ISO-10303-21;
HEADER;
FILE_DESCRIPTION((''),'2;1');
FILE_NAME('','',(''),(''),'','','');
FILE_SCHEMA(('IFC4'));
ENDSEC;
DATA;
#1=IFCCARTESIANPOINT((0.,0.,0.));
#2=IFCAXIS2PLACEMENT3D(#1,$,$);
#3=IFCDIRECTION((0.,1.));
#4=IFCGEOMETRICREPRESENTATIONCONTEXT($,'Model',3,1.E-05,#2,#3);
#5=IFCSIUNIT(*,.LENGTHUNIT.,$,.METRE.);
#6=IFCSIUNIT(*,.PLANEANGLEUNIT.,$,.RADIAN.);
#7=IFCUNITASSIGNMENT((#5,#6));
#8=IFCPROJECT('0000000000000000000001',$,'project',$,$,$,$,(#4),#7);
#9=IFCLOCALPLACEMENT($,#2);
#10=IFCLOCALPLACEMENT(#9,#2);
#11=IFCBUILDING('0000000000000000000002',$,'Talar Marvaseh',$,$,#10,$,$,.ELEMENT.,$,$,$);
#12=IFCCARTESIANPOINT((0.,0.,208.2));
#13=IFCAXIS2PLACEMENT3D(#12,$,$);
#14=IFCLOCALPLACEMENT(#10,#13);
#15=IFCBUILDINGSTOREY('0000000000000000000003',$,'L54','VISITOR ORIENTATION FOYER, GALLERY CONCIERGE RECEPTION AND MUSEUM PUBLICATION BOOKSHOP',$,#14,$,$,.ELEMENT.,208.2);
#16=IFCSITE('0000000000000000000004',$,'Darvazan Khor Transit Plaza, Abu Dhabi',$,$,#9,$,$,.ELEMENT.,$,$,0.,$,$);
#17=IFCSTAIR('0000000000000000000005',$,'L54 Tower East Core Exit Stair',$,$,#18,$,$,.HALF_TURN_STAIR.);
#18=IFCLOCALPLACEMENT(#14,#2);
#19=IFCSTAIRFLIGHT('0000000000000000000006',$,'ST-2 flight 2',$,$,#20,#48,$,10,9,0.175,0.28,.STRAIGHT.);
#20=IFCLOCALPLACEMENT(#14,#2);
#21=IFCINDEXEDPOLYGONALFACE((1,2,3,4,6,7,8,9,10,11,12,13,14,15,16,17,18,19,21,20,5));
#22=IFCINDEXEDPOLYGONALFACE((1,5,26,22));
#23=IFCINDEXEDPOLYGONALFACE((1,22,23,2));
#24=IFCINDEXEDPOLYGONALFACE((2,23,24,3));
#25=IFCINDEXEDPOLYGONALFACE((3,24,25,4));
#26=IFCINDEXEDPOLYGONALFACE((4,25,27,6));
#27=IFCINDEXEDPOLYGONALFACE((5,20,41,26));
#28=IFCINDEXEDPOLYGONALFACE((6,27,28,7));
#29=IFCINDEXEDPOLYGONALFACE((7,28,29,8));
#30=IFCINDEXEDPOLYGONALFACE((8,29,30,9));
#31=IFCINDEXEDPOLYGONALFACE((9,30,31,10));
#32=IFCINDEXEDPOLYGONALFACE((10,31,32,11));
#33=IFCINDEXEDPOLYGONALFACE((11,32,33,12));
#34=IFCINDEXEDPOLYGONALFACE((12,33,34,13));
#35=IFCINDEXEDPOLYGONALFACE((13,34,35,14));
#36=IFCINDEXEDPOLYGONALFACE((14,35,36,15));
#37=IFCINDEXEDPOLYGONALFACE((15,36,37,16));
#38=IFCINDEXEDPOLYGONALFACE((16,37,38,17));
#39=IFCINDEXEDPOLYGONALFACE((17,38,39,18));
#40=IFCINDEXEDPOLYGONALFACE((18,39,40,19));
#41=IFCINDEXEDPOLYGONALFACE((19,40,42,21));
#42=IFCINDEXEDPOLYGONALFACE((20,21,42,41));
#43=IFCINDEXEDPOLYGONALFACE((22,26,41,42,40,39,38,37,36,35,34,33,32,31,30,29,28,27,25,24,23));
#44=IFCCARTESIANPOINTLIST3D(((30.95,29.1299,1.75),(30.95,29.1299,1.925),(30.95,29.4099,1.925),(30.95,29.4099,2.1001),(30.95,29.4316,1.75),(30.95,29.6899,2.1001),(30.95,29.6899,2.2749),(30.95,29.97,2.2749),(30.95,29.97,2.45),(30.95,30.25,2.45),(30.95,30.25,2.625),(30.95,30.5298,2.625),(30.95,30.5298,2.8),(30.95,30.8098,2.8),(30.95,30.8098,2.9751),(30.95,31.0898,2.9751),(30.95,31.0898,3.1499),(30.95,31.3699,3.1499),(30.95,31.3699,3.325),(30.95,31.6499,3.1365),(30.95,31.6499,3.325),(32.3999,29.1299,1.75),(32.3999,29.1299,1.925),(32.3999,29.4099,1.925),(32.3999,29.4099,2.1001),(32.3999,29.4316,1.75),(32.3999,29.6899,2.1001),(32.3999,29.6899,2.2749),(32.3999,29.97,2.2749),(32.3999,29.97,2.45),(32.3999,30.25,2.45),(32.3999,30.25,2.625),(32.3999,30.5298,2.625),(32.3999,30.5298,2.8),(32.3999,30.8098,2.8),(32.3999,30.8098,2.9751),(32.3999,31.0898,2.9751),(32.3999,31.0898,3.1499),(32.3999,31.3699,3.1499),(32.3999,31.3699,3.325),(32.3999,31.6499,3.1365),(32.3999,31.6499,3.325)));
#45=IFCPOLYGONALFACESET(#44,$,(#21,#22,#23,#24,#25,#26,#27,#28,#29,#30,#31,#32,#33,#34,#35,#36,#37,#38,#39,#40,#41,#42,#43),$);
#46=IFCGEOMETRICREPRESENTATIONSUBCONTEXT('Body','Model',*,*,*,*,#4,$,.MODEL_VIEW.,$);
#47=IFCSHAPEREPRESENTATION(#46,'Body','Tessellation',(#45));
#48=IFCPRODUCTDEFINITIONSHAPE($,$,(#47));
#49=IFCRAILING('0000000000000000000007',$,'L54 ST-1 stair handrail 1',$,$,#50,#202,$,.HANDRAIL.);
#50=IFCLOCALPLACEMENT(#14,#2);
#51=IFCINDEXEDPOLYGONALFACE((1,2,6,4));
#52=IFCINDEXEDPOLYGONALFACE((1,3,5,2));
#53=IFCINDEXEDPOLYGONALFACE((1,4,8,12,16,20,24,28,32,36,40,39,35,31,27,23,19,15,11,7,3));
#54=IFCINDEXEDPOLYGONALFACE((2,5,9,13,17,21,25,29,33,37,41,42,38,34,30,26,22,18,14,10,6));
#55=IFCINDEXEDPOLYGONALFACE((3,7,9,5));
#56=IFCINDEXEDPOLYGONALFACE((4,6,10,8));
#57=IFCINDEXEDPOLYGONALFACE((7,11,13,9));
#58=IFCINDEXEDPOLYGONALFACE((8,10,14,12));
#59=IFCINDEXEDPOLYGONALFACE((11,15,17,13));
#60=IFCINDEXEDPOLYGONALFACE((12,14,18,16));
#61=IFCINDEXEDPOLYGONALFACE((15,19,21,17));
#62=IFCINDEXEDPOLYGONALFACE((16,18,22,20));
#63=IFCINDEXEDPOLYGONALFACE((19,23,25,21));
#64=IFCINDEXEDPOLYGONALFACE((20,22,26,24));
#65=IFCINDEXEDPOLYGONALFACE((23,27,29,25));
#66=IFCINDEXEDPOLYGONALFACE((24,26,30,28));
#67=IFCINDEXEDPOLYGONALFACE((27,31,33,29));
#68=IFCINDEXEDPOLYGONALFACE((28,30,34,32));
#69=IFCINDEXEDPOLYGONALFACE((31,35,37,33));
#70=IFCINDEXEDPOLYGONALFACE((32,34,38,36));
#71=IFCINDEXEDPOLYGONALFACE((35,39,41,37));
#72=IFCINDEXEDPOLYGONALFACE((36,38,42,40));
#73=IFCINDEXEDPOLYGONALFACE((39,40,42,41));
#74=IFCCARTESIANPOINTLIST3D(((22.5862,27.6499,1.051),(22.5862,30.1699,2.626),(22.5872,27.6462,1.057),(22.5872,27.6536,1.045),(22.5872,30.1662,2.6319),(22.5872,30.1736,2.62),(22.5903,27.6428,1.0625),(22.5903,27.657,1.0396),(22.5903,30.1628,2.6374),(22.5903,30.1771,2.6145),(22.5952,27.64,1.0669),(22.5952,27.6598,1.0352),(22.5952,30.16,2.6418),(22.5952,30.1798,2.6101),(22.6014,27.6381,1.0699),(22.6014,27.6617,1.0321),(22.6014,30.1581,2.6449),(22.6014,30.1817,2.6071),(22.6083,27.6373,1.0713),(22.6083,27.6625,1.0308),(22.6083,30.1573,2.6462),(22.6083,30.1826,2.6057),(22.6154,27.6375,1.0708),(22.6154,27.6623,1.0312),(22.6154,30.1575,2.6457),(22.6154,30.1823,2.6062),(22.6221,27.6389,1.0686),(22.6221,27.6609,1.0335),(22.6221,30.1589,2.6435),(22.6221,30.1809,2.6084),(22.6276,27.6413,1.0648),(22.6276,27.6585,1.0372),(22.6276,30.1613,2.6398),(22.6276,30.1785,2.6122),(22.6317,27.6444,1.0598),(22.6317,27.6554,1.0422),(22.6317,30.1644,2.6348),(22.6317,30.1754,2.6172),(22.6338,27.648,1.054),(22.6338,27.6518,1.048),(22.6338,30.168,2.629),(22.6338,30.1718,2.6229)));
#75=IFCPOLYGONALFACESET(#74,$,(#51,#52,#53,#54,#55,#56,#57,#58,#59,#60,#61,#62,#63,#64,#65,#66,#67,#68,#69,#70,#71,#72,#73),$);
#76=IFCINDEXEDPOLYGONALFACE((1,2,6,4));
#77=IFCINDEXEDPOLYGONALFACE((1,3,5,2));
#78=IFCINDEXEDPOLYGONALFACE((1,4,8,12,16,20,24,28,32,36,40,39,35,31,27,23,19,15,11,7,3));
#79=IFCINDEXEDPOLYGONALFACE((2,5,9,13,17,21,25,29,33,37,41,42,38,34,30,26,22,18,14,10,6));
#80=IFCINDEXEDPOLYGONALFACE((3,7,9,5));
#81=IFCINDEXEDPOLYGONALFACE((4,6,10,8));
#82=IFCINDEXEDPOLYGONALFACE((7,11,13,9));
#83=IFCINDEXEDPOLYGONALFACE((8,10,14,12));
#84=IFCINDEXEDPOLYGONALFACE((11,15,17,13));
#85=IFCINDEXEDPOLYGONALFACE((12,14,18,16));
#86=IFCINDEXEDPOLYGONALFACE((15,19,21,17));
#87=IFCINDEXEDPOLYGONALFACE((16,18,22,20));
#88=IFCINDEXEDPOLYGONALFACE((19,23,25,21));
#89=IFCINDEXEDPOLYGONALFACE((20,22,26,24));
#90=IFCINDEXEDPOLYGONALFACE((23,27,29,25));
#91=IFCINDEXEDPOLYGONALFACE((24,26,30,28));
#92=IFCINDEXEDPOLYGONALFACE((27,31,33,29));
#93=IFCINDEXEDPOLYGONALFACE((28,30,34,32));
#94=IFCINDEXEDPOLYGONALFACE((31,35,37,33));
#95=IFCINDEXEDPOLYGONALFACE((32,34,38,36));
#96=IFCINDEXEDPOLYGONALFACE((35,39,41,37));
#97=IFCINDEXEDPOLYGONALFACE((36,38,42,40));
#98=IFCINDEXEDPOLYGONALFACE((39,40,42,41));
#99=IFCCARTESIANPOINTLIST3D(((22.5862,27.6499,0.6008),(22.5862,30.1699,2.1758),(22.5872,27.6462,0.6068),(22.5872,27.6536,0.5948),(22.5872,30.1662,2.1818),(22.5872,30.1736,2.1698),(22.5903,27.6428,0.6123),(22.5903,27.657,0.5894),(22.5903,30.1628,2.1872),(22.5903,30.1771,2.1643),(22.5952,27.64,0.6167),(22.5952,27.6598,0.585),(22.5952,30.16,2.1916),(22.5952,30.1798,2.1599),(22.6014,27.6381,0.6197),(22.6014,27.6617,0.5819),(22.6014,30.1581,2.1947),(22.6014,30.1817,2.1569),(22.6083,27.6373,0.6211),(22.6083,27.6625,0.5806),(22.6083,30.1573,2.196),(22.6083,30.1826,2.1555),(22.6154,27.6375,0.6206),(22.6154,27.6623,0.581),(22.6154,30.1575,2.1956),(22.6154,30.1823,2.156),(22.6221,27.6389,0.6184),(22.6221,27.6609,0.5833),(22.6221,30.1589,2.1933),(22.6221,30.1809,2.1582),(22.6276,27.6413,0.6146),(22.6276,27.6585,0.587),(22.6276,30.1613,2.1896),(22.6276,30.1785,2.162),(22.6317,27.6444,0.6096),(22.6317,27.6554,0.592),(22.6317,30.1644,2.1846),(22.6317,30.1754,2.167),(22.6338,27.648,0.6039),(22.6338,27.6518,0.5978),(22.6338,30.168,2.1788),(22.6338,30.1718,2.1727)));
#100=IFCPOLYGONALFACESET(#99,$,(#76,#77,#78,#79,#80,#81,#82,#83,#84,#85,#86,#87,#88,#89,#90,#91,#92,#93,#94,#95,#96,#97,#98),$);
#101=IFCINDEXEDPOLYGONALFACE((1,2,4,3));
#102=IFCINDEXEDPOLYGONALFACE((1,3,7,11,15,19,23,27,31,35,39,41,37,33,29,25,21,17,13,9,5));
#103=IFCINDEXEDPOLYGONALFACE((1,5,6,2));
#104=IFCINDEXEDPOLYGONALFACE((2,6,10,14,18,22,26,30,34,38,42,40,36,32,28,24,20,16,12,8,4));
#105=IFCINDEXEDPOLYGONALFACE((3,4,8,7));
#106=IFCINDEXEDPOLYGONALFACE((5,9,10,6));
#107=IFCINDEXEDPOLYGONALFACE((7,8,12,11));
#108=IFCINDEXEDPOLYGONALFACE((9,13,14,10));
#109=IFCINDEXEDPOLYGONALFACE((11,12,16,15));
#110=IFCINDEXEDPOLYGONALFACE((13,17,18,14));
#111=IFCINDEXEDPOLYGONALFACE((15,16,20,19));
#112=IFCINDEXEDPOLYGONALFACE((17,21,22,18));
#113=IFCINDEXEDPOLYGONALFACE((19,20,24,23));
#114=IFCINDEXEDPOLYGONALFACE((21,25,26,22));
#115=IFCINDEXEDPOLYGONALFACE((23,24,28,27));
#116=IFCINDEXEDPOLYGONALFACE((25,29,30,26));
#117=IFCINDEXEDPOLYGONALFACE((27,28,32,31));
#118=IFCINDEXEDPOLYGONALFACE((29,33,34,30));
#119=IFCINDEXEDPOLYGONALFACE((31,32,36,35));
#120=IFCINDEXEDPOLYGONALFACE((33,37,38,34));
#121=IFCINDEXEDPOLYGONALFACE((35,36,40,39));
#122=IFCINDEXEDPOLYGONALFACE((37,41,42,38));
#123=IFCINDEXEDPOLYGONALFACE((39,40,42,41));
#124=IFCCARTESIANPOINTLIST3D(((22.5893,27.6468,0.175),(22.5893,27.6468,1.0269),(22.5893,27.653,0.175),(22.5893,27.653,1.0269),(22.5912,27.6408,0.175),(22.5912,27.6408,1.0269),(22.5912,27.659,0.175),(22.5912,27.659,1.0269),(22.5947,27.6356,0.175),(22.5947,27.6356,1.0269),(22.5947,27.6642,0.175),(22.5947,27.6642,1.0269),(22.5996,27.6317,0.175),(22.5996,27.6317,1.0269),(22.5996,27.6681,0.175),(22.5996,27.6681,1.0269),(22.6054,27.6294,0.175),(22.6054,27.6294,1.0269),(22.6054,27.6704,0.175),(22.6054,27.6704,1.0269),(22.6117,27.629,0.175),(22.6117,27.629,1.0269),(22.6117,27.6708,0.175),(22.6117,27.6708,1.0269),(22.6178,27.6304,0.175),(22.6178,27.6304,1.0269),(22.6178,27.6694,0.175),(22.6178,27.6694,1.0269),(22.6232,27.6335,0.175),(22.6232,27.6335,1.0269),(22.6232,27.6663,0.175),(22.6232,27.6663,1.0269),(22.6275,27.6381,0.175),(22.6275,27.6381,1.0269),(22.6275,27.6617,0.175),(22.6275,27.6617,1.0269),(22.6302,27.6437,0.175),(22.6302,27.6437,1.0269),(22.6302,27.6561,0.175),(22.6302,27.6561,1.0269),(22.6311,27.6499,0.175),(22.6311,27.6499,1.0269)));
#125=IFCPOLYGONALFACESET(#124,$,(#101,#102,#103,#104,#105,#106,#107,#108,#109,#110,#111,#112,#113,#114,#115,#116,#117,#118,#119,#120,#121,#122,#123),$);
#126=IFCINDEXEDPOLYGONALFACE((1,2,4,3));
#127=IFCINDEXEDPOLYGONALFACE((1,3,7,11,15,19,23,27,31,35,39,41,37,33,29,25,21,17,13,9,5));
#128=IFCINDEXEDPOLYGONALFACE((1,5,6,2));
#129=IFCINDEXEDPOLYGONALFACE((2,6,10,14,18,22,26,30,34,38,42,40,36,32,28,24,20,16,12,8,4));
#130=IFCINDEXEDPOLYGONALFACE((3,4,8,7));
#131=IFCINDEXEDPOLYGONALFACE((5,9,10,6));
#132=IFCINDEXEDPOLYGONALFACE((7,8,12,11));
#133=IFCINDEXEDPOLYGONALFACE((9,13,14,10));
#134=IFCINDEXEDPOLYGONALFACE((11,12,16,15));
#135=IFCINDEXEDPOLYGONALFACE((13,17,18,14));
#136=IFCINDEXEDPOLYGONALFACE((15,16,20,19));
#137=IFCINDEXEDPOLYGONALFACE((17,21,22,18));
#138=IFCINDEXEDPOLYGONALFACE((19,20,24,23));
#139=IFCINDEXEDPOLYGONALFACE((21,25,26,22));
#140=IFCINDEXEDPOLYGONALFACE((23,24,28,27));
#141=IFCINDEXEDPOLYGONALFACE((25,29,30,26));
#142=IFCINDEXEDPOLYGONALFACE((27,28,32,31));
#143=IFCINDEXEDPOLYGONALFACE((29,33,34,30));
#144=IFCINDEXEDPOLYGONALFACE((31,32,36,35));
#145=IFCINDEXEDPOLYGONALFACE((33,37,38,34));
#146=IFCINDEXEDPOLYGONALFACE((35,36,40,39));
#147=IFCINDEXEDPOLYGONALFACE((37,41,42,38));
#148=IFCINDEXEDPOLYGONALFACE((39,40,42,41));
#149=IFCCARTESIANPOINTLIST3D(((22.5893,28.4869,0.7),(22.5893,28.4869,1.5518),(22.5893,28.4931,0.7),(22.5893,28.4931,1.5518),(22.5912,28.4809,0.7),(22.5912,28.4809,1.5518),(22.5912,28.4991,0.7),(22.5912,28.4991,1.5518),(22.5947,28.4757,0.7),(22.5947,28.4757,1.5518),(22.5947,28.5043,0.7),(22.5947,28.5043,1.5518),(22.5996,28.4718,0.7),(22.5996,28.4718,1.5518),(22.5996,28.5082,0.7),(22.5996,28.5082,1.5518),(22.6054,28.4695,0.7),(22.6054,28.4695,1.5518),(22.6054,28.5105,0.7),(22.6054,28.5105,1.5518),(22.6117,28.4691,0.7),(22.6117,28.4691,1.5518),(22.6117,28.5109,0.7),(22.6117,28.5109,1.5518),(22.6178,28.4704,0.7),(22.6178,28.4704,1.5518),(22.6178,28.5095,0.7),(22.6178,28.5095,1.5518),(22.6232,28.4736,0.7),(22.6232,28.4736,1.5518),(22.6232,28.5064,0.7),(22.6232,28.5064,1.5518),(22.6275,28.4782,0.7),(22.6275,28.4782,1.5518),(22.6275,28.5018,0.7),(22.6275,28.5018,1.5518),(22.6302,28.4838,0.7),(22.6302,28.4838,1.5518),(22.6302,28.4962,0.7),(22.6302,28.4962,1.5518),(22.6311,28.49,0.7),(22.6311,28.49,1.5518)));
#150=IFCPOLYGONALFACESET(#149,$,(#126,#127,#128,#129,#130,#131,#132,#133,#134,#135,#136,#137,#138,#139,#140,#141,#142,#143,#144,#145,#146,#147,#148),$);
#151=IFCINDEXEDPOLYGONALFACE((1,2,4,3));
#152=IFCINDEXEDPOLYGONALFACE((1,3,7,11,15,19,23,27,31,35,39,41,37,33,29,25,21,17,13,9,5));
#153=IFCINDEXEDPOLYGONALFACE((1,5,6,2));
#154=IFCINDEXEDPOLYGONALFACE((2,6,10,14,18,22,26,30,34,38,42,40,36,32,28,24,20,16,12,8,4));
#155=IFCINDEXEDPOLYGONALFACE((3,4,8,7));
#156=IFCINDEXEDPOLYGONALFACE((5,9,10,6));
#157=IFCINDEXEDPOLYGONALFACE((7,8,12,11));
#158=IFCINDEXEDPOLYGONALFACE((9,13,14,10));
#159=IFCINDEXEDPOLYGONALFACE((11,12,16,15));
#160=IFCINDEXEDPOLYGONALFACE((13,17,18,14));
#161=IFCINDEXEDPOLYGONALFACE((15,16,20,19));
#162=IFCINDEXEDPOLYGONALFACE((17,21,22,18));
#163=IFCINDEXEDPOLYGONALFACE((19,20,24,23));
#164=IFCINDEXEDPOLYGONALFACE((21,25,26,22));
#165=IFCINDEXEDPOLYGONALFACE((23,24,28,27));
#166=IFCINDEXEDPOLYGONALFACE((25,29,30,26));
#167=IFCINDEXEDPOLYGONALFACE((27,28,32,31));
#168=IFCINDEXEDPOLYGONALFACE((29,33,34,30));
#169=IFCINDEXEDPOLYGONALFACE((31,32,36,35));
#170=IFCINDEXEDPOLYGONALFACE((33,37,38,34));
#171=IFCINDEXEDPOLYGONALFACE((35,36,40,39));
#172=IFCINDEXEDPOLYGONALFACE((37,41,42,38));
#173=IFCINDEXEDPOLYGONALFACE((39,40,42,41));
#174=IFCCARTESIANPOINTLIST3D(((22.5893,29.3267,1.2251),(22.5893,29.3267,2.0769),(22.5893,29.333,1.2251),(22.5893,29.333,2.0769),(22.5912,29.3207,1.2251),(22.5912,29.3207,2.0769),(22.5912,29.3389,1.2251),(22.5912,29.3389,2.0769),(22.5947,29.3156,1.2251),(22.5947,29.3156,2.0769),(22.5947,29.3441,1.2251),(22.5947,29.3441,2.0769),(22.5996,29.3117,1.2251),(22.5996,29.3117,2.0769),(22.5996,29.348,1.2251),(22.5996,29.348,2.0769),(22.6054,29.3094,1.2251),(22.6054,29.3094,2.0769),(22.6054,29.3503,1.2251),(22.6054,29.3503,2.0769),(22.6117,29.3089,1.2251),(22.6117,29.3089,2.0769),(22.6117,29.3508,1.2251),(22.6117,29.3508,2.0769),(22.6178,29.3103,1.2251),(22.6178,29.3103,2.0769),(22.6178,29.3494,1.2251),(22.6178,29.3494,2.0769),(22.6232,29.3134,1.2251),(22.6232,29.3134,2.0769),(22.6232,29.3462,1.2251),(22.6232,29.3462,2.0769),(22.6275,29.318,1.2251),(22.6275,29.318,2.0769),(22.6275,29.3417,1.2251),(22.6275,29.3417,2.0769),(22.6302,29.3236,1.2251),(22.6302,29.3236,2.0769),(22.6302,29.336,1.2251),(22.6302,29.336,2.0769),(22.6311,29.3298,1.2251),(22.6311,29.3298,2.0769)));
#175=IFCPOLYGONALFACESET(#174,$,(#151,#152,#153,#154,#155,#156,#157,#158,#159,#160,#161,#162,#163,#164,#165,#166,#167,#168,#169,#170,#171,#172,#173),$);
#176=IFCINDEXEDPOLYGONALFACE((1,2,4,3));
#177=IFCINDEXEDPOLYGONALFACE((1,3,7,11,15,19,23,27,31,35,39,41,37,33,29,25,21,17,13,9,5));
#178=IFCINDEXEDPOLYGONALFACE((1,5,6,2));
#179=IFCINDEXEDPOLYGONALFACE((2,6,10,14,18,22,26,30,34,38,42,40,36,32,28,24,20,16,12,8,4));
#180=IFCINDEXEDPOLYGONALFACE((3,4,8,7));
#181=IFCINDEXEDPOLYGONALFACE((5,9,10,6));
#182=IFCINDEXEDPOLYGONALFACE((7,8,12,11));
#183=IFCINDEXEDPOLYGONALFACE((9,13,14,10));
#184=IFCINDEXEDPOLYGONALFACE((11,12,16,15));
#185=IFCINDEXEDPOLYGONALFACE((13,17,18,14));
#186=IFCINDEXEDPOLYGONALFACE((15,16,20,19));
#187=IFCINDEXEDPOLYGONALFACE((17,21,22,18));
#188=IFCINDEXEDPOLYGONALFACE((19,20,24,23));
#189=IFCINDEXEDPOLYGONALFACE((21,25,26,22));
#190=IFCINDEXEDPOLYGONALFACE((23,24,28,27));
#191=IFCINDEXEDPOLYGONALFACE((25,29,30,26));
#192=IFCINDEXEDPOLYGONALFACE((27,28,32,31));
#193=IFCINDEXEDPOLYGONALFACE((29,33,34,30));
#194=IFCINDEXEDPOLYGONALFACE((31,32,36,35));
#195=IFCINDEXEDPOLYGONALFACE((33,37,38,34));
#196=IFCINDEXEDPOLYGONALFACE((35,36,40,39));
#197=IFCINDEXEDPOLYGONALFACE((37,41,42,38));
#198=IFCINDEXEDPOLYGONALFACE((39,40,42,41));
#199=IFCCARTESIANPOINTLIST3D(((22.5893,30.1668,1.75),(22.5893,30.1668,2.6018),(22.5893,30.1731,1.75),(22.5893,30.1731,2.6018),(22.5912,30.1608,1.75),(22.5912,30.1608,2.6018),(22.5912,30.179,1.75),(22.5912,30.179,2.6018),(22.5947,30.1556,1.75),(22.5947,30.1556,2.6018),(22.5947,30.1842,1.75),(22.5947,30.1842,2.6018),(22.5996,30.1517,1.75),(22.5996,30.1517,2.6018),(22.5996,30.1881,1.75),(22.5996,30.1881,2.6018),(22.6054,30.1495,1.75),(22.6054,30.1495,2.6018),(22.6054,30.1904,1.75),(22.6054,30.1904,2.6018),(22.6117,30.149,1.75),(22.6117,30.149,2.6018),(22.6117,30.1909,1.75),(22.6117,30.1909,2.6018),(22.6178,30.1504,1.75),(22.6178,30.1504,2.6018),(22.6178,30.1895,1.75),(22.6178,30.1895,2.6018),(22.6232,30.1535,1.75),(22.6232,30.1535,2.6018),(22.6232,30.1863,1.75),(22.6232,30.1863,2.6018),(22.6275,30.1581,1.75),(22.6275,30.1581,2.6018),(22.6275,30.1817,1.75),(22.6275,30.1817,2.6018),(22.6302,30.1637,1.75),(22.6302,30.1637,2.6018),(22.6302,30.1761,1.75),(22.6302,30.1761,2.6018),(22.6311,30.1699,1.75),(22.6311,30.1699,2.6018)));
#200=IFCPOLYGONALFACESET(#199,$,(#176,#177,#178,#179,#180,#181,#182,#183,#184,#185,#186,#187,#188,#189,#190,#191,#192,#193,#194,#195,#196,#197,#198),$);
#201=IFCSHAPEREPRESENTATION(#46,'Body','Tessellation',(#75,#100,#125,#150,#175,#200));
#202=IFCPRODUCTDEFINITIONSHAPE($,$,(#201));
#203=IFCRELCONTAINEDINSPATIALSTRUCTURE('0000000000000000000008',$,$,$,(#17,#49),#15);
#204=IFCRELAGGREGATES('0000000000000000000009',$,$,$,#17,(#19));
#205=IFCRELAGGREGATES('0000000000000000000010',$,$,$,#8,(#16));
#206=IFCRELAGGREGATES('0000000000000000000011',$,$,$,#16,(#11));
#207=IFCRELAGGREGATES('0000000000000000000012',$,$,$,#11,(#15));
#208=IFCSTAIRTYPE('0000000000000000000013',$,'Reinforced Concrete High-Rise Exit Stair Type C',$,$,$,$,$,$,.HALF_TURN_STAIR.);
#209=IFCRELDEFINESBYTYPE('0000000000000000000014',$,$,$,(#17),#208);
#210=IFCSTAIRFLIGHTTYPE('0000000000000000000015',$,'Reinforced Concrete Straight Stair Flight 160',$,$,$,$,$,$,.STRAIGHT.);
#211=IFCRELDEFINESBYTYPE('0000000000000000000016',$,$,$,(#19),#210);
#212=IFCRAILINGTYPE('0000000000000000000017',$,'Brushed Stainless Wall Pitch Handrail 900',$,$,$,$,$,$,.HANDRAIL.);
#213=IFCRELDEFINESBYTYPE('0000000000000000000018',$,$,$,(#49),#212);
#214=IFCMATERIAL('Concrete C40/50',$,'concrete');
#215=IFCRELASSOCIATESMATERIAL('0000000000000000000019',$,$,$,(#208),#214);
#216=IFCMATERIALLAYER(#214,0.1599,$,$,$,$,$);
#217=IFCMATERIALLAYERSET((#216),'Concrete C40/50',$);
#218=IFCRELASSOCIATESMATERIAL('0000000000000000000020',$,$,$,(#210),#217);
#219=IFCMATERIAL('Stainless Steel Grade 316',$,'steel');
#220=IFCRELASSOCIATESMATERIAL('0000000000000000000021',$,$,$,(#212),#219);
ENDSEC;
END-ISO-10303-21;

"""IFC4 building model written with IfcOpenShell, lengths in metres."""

from ifc_helpers import new_model, si_unit, direction, frame, origin, origin_2d, place, context, subcontext, project, spatial, polyline, circle, outline, extrude, material, layer, layer_set, type_object, element, aggregate, save


model = new_model("IFC4")

# Units and contexts
model_context = context("Model", 3, precision=1e-05, world=origin(), true_north=direction((0.0, 1.0)))
body_context = subcontext(model_context, "Body", "Model", "MODEL_VIEW")
ifc_project = project(units=[si_unit("LENGTHUNIT", "METRE"), si_unit("PLANEANGLEUNIT", "RADIAN")], contexts=[model_context])

# Site, building, storey
site_placement = place(None, origin())
site = spatial("IfcSite", under=ifc_project, at=site_placement, Name="Darvazan Khor Transit Plaza, Abu Dhabi", CompositionType="ELEMENT", RefElevation=0.0)
building_placement = place(site_placement, origin())
building = spatial("IfcBuilding", under=site, at=building_placement, Name="Talar Marvaseh", CompositionType="ELEMENT")
storey_placement = place(building_placement, frame((0.0, 0.0, 208.2)))
storey = spatial("IfcBuildingStorey", under=building, at=storey_placement, Name="L54", Description="VISITOR ORIENTATION FOYER, GALLERY CONCIERGE RECEPTION AND MUSEUM PUBLICATION BOOKSHOP", CompositionType="ELEMENT", Elevation=208.2)

# Shared definitions
ifc_material_1 = material(Name="Concrete C40/50", Category="concrete")

# Shared definitions
ifc_material_2 = material(Name="Stainless Steel Grade 316", Category="steel")

# Stair, stair flight
stair_type = type_object("IfcStairType", Name="Reinforced Concrete High-Rise Exit Stair Type C", PredefinedType="HALF_TURN_STAIR", material=ifc_material_1)
stair_placement = place(storey_placement, origin())
stair = element("IfcStair", 1, at=stair_placement, inside=storey, type_object=stair_type, Name="L54 Tower East Core Exit Stair", PredefinedType="HALF_TURN_STAIR")
ifc_layer_1 = layer(ifc_material_1, 0.1599)
ifc_layer_set_1 = layer_set([ifc_layer_1], Name="Concrete C40/50")
stair_flight_type = type_object("IfcStairFlightType", Name="Reinforced Concrete Straight Stair Flight 160", PredefinedType="STRAIGHT", material=ifc_layer_set_1)
stair_flight_1_placement = place(storey_placement, frame((31.675, 29.1299, 1.75), z_axis=(0.0, 0.0, 1.0), x_axis=(0.0, 1.0, 0.0)))
stair_flight_1 = element("IfcStairFlight", 2, at=stair_flight_1_placement, type_object=stair_flight_type, Name="ST-2 flight 2", NumberOfRisers=10, NumberOfTreads=9, PredefinedType="STRAIGHT", RiserHeight=0.175, TreadLength=0.28, context=body_context, shape_type="SweptSolid", body=[
    extrude(outline(polyline([(0.0, 0.0), (0.0, 0.175), (0.28, 0.175), (0.28, 0.3501), (0.5601, 0.3501), (0.5601, 0.5249), (0.8401, 0.5249), (0.8401, 0.7), (1.1201, 0.7), (1.1201, 0.875), (1.3999, 0.875), (1.3999, 1.05), (1.6799, 1.05), (1.6799, 1.2251), (1.96, 1.2251), (1.96, 1.3999), (2.24, 1.3999), (2.24, 1.575), (2.52, 1.575), (2.52, 1.75), (2.52, 1.3865), (0.3018, 0.0), (0.0, 0.0)])), frame((0.0, 0.7251, 0.0), z_axis=(0.0, -1.0, 0.0), x_axis=(1.0, 0.0, 0.0)), (0.0, 0.0, 1.0), 1.45),
])
aggregate(stair, [stair_flight_1])

# Railing
railing_type_1 = type_object("IfcRailingType", Name="Brushed Stainless Wall Pitch Handrail 900", PredefinedType="HANDRAIL", material=ifc_material_2)
railing_1_placement = place(storey_placement, frame((22.6101, 27.6499, 0.175)))
element("IfcRailing", 3, at=railing_1_placement, inside=storey, type_object=railing_type_1, Name="L54 ST-1 stair handrail 1", PredefinedType="HANDRAIL", context=body_context, shape_type="SweptSolid", body=[
    extrude(circle(Radius=0.0239, at=origin_2d()), frame((0.0, 0.0, 0.876), z_axis=(0.0, 0.848008, 0.529984), x_axis=(-1.0, 0.0, 0.0)), (0.0, 0.0, 1.0), 2.9717),
    extrude(circle(Radius=0.0239, at=origin_2d()), frame((0.0, 0.0, 0.4258), z_axis=(0.0, 0.848008, 0.529984), x_axis=(-1.0, 0.0, 0.0)), (0.0, 0.0, 1.0), 2.9717),
    extrude(circle(Radius=0.021, at=origin_2d()), origin(), (0.0, 0.0, 1.0), 0.8518),
    extrude(circle(Radius=0.021, at=origin_2d()), frame((0.0, 0.8401, 0.5249)), (0.0, 0.0, 1.0), 0.8518),
    extrude(circle(Radius=0.021, at=origin_2d()), frame((0.0, 1.6799, 1.05)), (0.0, 0.0, 1.0), 0.8518),
    extrude(circle(Radius=0.021, at=origin_2d()), frame((0.0, 2.52, 1.575)), (0.0, 0.0, 1.0), 0.8518),
])

save(model, "model.ifc")
